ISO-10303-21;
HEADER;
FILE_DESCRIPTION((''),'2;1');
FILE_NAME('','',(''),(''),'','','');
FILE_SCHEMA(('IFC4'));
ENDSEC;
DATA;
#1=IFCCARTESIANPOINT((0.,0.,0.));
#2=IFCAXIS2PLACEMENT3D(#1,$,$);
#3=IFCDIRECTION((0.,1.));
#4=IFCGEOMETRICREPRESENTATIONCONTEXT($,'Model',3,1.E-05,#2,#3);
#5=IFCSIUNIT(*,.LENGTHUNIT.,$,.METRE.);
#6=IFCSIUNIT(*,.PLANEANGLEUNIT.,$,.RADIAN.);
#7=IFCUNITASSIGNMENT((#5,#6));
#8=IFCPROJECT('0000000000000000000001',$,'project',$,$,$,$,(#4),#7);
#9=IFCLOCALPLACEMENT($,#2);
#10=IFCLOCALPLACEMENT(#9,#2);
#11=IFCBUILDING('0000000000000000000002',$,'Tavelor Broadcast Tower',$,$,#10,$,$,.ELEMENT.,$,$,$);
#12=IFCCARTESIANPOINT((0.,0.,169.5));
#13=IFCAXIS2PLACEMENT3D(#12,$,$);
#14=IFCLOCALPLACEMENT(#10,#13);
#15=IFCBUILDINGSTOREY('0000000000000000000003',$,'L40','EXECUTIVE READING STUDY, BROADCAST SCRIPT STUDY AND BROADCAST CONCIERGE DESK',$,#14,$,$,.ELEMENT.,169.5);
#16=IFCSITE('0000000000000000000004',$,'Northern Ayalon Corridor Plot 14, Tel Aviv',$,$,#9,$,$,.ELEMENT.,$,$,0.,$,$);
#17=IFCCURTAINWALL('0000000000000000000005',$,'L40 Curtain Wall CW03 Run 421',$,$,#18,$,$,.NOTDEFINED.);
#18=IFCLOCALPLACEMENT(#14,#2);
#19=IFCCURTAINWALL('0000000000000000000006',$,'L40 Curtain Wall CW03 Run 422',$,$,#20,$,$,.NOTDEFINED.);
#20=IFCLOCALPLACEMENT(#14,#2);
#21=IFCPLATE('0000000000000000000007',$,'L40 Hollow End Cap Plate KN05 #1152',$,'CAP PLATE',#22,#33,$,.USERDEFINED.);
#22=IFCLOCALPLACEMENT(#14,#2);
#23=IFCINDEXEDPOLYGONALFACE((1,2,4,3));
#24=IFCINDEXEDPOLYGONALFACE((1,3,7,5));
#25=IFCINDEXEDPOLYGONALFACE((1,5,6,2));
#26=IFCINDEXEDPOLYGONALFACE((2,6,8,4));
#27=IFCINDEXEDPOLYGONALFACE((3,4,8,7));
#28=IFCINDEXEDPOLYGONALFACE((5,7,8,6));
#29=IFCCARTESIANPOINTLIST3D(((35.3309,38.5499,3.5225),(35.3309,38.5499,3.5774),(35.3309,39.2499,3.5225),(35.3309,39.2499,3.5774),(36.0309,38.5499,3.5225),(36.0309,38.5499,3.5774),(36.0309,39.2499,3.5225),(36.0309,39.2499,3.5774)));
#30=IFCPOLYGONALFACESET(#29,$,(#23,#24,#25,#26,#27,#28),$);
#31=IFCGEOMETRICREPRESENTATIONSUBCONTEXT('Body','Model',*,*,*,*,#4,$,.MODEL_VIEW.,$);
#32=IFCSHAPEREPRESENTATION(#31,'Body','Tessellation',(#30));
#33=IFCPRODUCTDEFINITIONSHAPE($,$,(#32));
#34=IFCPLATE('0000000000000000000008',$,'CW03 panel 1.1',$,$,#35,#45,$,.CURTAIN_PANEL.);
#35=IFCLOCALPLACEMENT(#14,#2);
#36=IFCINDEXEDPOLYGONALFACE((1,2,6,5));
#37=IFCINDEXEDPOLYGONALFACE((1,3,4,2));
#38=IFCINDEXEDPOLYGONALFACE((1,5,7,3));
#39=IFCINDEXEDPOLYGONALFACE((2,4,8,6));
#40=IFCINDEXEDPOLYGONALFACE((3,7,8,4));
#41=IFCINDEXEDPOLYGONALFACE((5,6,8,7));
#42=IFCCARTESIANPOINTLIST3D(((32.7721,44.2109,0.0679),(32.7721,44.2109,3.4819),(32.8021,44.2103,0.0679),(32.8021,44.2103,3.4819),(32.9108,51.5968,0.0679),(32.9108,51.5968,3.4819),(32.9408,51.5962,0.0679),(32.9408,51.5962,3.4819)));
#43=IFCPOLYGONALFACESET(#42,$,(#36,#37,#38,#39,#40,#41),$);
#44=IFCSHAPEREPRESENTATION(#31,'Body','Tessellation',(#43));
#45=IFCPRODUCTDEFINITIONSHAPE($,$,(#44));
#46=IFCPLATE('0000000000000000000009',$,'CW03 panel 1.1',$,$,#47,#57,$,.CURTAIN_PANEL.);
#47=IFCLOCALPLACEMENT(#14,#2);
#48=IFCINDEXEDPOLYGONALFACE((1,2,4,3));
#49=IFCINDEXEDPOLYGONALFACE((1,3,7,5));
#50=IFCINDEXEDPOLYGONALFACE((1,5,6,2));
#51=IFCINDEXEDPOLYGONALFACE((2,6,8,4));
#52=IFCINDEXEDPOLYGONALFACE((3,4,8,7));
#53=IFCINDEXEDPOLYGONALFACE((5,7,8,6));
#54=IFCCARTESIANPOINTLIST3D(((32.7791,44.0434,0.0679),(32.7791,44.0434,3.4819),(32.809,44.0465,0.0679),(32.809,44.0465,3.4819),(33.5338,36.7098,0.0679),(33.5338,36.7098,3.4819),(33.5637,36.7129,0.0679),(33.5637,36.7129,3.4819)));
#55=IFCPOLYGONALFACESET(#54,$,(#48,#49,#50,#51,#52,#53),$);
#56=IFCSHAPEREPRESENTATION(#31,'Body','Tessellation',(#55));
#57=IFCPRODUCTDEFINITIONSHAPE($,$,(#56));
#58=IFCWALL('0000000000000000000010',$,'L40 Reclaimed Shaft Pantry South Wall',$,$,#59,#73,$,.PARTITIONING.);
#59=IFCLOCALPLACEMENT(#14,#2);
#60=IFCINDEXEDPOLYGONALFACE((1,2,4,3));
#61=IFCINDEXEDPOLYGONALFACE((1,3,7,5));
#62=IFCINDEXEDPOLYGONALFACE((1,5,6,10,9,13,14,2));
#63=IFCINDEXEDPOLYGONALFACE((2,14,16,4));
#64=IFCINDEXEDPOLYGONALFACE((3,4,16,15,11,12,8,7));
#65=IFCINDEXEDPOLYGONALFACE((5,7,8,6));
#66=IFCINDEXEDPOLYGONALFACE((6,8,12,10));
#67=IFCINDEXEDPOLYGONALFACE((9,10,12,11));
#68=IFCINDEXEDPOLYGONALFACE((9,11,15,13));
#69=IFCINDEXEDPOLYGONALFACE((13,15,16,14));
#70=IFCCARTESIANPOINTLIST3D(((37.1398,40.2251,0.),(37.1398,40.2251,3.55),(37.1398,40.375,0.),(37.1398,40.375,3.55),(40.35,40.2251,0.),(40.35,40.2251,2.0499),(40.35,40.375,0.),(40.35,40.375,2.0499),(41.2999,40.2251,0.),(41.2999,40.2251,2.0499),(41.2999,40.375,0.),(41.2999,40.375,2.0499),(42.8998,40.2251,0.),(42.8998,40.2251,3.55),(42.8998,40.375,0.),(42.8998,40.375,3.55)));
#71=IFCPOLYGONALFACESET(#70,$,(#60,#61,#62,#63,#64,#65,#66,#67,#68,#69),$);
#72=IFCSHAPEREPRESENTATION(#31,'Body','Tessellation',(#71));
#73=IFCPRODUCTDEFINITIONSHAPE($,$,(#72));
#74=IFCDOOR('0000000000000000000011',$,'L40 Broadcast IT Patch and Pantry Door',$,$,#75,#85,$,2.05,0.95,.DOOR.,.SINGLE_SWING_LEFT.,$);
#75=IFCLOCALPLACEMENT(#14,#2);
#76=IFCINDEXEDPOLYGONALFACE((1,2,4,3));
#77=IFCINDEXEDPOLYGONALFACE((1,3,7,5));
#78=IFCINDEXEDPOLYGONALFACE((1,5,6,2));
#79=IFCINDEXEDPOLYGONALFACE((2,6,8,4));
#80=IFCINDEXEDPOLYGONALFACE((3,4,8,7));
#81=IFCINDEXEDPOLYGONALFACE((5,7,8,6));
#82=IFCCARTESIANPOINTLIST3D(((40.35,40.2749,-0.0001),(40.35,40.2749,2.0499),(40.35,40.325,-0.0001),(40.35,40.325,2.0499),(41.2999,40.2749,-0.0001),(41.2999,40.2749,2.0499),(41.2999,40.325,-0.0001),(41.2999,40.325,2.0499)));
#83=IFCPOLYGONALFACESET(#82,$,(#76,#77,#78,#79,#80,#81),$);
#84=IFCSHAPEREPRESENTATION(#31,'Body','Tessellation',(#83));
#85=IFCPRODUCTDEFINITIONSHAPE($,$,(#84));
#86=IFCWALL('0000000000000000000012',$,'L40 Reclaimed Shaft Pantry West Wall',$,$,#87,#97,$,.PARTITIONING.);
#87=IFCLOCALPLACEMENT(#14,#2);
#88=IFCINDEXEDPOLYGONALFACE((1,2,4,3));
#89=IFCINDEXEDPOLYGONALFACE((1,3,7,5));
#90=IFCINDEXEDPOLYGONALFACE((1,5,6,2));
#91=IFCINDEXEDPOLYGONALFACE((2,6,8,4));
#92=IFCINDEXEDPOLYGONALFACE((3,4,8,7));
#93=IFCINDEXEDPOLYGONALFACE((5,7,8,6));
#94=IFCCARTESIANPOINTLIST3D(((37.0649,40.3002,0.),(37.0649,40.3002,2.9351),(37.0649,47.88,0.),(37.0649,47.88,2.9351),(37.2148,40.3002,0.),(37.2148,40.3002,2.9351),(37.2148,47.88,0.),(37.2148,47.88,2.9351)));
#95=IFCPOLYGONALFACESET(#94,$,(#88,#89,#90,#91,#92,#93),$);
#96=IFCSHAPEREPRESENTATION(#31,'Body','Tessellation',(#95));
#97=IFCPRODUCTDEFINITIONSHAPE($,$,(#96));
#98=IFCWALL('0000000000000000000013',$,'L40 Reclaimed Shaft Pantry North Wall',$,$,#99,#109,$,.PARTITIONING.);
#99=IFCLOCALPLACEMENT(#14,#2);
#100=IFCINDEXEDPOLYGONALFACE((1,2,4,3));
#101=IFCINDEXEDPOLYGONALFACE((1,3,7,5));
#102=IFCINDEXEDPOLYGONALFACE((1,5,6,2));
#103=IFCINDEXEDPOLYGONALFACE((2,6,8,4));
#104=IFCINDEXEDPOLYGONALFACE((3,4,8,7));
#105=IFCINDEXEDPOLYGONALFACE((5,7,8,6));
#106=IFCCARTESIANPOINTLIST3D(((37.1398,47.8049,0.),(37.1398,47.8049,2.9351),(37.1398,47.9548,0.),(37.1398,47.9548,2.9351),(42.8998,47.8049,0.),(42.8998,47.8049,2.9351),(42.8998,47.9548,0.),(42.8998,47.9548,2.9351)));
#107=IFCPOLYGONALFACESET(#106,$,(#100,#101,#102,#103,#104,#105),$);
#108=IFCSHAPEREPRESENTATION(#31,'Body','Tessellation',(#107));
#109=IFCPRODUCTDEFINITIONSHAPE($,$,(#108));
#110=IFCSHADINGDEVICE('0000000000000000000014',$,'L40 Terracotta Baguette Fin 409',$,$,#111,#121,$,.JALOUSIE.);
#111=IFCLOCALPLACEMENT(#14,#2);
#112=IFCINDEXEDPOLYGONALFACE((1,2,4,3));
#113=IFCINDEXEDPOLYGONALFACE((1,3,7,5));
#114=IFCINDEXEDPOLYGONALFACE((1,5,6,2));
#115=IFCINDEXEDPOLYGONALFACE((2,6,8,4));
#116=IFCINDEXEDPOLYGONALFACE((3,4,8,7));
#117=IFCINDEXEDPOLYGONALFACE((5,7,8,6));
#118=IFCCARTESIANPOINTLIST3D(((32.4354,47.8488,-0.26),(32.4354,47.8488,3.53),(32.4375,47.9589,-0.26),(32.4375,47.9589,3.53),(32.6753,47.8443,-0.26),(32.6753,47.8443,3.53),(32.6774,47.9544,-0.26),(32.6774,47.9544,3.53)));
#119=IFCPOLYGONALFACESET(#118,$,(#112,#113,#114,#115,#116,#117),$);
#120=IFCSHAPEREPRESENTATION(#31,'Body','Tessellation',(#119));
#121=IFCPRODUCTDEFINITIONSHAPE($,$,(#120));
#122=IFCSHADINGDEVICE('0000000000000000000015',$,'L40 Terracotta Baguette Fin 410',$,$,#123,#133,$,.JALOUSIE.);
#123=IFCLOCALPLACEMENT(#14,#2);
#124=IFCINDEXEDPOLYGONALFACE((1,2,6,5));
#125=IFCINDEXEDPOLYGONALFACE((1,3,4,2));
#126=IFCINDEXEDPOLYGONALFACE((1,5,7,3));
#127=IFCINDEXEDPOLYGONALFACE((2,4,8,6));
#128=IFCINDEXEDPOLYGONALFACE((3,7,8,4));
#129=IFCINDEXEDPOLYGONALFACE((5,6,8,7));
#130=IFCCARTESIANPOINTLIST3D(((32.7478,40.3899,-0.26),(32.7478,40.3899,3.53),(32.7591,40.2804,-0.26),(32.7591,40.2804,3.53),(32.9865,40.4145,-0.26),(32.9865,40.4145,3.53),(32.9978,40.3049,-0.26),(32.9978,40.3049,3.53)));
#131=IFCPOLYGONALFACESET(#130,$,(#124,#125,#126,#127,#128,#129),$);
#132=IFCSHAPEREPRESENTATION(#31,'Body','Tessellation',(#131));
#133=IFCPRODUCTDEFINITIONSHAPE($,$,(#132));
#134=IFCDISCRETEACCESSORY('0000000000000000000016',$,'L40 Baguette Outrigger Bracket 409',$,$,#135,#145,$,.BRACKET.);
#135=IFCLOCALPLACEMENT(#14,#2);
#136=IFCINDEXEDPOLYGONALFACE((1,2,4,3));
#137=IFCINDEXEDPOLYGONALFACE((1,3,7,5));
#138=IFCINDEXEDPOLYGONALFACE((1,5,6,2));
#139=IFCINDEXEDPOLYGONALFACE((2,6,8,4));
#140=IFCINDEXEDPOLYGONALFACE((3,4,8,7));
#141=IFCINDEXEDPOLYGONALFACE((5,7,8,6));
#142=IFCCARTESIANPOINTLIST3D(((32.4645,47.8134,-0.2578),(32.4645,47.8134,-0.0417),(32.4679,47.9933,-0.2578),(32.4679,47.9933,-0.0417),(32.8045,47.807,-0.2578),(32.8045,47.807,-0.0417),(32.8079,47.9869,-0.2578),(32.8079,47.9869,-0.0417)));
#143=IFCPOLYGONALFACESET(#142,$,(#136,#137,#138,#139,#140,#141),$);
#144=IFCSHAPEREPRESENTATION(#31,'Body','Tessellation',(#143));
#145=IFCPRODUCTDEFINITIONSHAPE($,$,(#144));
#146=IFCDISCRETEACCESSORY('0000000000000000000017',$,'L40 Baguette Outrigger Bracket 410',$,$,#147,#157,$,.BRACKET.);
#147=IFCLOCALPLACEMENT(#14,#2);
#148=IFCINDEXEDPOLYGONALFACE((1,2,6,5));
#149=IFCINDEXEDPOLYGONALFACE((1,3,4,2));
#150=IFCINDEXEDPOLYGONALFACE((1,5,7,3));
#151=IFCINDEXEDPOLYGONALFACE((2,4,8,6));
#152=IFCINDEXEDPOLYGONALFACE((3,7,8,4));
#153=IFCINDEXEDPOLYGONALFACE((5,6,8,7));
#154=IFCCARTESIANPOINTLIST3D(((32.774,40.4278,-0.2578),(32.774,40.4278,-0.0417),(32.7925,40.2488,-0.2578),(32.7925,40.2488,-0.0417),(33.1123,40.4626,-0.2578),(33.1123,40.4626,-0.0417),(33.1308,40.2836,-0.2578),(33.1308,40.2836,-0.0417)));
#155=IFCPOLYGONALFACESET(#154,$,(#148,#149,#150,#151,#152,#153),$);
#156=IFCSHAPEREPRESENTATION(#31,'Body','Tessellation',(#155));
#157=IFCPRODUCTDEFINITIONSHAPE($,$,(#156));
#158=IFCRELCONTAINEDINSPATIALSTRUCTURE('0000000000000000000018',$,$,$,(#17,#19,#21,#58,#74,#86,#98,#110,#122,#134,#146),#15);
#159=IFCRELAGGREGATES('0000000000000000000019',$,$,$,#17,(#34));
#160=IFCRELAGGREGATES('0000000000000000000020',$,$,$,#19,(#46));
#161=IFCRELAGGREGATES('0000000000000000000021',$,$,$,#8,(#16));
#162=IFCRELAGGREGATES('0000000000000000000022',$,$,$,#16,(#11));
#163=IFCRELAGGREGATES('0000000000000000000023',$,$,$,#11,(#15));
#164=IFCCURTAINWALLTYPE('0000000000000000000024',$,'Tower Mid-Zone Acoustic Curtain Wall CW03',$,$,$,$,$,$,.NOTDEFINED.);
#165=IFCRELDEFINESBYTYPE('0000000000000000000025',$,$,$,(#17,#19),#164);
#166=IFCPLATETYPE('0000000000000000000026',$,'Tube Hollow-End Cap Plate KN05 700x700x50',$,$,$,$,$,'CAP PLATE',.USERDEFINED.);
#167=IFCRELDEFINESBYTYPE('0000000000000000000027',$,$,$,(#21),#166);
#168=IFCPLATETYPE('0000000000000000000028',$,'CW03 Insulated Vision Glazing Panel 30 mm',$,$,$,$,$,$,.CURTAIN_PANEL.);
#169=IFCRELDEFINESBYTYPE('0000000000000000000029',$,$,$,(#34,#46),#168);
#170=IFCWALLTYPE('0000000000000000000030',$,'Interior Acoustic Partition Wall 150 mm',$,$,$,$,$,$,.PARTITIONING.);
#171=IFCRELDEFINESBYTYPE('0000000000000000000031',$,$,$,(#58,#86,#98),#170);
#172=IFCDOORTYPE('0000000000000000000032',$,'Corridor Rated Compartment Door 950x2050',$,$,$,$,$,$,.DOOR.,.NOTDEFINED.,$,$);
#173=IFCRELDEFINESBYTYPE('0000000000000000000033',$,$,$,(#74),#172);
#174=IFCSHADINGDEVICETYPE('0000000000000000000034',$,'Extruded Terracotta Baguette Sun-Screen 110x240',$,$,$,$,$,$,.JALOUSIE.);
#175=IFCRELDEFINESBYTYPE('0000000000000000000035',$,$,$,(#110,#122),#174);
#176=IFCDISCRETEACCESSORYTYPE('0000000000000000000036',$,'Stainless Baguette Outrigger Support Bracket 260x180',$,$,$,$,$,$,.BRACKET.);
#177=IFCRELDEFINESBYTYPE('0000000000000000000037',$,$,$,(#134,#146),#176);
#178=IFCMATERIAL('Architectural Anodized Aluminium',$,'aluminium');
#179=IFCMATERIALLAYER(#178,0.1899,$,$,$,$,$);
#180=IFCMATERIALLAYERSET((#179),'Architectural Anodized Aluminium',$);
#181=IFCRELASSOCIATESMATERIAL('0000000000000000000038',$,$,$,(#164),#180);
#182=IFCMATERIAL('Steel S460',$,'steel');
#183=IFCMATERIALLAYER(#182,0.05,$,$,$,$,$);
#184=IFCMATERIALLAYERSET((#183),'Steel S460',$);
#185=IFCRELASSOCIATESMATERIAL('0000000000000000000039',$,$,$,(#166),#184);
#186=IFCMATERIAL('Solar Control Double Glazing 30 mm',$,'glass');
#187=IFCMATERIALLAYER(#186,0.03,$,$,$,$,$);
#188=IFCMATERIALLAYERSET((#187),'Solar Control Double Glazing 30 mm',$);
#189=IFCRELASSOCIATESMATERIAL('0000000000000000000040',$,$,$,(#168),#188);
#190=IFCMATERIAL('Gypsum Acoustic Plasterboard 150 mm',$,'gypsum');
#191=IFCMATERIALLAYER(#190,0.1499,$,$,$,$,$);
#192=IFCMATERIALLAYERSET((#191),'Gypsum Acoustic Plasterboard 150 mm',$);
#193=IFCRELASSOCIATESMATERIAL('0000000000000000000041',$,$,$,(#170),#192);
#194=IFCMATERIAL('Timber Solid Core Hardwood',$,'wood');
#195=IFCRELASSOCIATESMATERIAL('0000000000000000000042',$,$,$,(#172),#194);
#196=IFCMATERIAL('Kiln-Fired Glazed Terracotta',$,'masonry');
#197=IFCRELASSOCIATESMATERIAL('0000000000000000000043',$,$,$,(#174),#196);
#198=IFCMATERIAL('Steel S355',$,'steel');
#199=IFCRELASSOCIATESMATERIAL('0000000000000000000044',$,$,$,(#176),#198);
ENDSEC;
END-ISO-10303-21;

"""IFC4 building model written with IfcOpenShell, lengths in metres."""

from ifc_helpers import new_model, si_unit, direction, frame, frame_2d, origin, origin_2d, place, context, subcontext, project, spatial, rectangle, extrude, source, transform, mapped, material, layer, layer_set, type_object, type_shapes, element, fill, aggregate, save


model = new_model("IFC4")

# Units and contexts
model_context = context("Model", 3, precision=1e-05, world=origin(), true_north=direction((0.0, 1.0)))
body_context = subcontext(model_context, "Body", "Model", "MODEL_VIEW")
ifc_project = project(units=[si_unit("LENGTHUNIT", "METRE"), si_unit("PLANEANGLEUNIT", "RADIAN")], contexts=[model_context])

# Site, building, storey
site_placement = place(None, origin())
site = spatial("IfcSite", under=ifc_project, at=site_placement, Name="Northern Ayalon Corridor Plot 14, Tel Aviv", CompositionType="ELEMENT", RefElevation=0.0)
building_placement = place(site_placement, origin())
building = spatial("IfcBuilding", under=site, at=building_placement, Name="Tavelor Broadcast Tower", CompositionType="ELEMENT")
storey_placement = place(building_placement, frame((0.0, 0.0, 169.5)))
storey = spatial("IfcBuildingStorey", under=building, at=storey_placement, Name="L40", Description="EXECUTIVE READING STUDY, BROADCAST SCRIPT STUDY AND BROADCAST CONCIERGE DESK", CompositionType="ELEMENT", Elevation=169.5)

# Shared definitions
ifc_material_1 = material(Name="Steel S460", Category="steel")

# Shared definitions
ifc_material_2 = material(Name="Steel S355", Category="steel")

# Curtain wall
ifc_material_3 = material(Name="Architectural Anodized Aluminium", Category="aluminium")
ifc_layer_1 = layer(ifc_material_3, 0.1899)
ifc_layer_set_1 = layer_set([ifc_layer_1], Name="Architectural Anodized Aluminium")
curtain_wall_type = type_object("IfcCurtainWallType", Name="Tower Mid-Zone Acoustic Curtain Wall CW03", PredefinedType="NOTDEFINED", material=ifc_layer_set_1)
curtain_wall_1_placement = place(storey_placement, origin())
curtain_wall_1 = element("IfcCurtainWall", 1, at=curtain_wall_1_placement, inside=storey, type_object=curtain_wall_type, Name="L40 Curtain Wall CW03 Run 421", PredefinedType="NOTDEFINED")

# Curtain wall
curtain_wall_2_placement = place(storey_placement, origin())
curtain_wall_2 = element("IfcCurtainWall", 2, at=curtain_wall_2_placement, inside=storey, type_object=curtain_wall_type, Name="L40 Curtain Wall CW03 Run 422", PredefinedType="NOTDEFINED")

# Plate
ifc_layer_2 = layer(ifc_material_1, 0.05)
ifc_layer_set_2 = layer_set([ifc_layer_2], Name="Steel S460")
plate_type_1 = type_object("IfcPlateType", Name="Tube Hollow-End Cap Plate KN05 700x700x50", ElementType="CAP PLATE", PredefinedType="USERDEFINED", material=ifc_layer_set_2)
shared_shape_1 = source(origin(), body_context, "Body", "SweptSolid", [
    extrude(rectangle(XDim=0.7, YDim=0.7, at=origin_2d()), origin(), (0.0, 0.0, 1.0), 0.0549),
])
type_shapes(plate_type_1, [shared_shape_1])
for number, where, z_axis, x_axis, name in (
    (3, (35.6809, 38.8999, 3.5225), (0.0, 0.0, 1.0), (1.0, 0.0, 0.0), "L40 Hollow End Cap Plate KN05 #1152"),
):
    element("IfcPlate", number, at=place(storey_placement, frame(where, z_axis=z_axis, x_axis=x_axis)), inside=storey, type_object=plate_type_1, Name=name, ObjectType="CAP PLATE", PredefinedType="USERDEFINED", context=body_context, shape_type="MappedRepresentation", body=[
        mapped(shared_shape_1, transform((0.0, 0.0, 0.0), scale=1.0)),
    ])

# Plates
ifc_material_4 = material(Name="Solar Control Double Glazing 30 mm", Category="glass")
ifc_layer_3 = layer(ifc_material_4, 0.03)
ifc_layer_set_3 = layer_set([ifc_layer_3], Name="Solar Control Double Glazing 30 mm")
plate_type_2 = type_object("IfcPlateType", Name="CW03 Insulated Vision Glazing Panel 30 mm", PredefinedType="CURTAIN_PANEL", material=ifc_layer_set_3)
shared_shape_2 = source(origin(), body_context, "Body", "SweptSolid", [
    extrude(rectangle(XDim=7.3872, YDim=0.03, at=origin_2d()), origin(), (0.0, 0.0, 1.0), 3.4141),
])
plate_1_placement = place(storey_placement, frame((32.8564, 47.9036, 0.0679), z_axis=(0.0, 0.0, 1.0), x_axis=(-0.018768, -0.999824, 0.0)))
plate_1 = element("IfcPlate", 4, at=plate_1_placement, type_object=plate_type_2, Name="CW03 panel 1.1", PredefinedType="CURTAIN_PANEL", context=body_context, shape_type="MappedRepresentation", body=[
    mapped(shared_shape_2, transform((0.0, 0.0, 0.0), scale=1.0)),
])
aggregate(curtain_wall_1, [plate_1])
shared_shape_3 = source(origin(), body_context, "Body", "SweptSolid", [
    extrude(rectangle(XDim=7.3723, YDim=0.03, at=origin_2d()), origin(), (0.0, 0.0, 1.0), 3.4141),
])
type_shapes(plate_type_2, [shared_shape_2, shared_shape_3])
plate_2_placement = place(storey_placement, frame((33.1714, 40.3782, 0.0679), z_axis=(0.0, 0.0, 1.0), x_axis=(0.102366, -0.994747, 0.0)))
plate_2 = element("IfcPlate", 5, at=plate_2_placement, type_object=plate_type_2, Name="CW03 panel 1.1", PredefinedType="CURTAIN_PANEL", context=body_context, shape_type="MappedRepresentation", body=[
    mapped(shared_shape_3, transform((0.0, 0.0, 0.0), scale=1.0)),
])
aggregate(curtain_wall_2, [plate_2])

# Wall, opening, door
ifc_material_5 = material(Name="Gypsum Acoustic Plasterboard 150 mm", Category="gypsum")
ifc_layer_4 = layer(ifc_material_5, 0.1499)
ifc_layer_set_4 = layer_set([ifc_layer_4], Name="Gypsum Acoustic Plasterboard 150 mm")
wall_type = type_object("IfcWallType", Name="Interior Acoustic Partition Wall 150 mm", PredefinedType="PARTITIONING", material=ifc_layer_set_4)
wall_1_placement = place(storey_placement, frame((37.1399, 40.3, 0.0), z_axis=(0.0, 0.0, 1.0), x_axis=(1.0, 0.0, 0.0)))
wall_1 = element("IfcWall", 6, at=wall_1_placement, inside=storey, type_object=wall_type, Name="L40 Reclaimed Shaft Pantry South Wall", PredefinedType="PARTITIONING", context=body_context, shape_type="SweptSolid", body=[
    extrude(rectangle(XDim=5.76, YDim=0.1499, at=frame_2d((2.8799, 0.0))), origin(), (0.0, 0.0, 1.0), 3.55),
])
opening_placement = place(wall_1_placement, frame((3.21, 0.0, 0.0)))
opening = element("IfcOpeningElement", 7, at=opening_placement, cuts=wall_1, PredefinedType="OPENING", context=body_context, shape_type="SweptSolid", body=[
    extrude(rectangle(XDim=0.95, YDim=2.05, at=frame_2d((0.4751, 1.0249))), frame((0.0, 0.085, 0.0), z_axis=(0.0, -1.0, 0.0), x_axis=(1.0, 0.0, 0.0)), (0.0, 0.0, 1.0), 0.1699),
])
ifc_material_6 = material(Name="Timber Solid Core Hardwood", Category="wood")
door_type = type_object("IfcDoorType", Name="Corridor Rated Compartment Door 950x2050", OperationType="NOTDEFINED", PredefinedType="DOOR", material=ifc_material_6)
door_placement = place(opening_placement, origin())
door = element("IfcDoor", 8, at=door_placement, inside=storey, type_object=door_type, Name="L40 Broadcast IT Patch and Pantry Door", OperationType="SINGLE_SWING_LEFT", OverallHeight=2.05, OverallWidth=0.95, PredefinedType="DOOR", context=body_context, shape_type="SweptSolid", body=[
    extrude(rectangle(XDim=0.95, YDim=2.05, at=frame_2d((0.4751, 1.0249))), frame((0.0, 0.0249, 0.0), z_axis=(0.0, -1.0, 0.0), x_axis=(1.0, 0.0, 0.0)), (0.0, 0.0, 1.0), 0.05),
])
fill(opening, door)

# Walls
wall_2_placement = place(storey_placement, frame((37.1399, 40.3, 0.0), z_axis=(0.0, 0.0, 1.0), x_axis=(0.0, 1.0, 0.0)))
element("IfcWall", 9, at=wall_2_placement, inside=storey, type_object=wall_type, Name="L40 Reclaimed Shaft Pantry West Wall", PredefinedType="PARTITIONING", context=body_context, shape_type="SweptSolid", body=[
    extrude(rectangle(XDim=7.5798, YDim=0.1499, at=frame_2d((3.79, 0.0))), origin(), (0.0, 0.0, 1.0), 2.9351),
])
wall_3_placement = place(storey_placement, frame((37.1399, 47.8799, 0.0), z_axis=(0.0, 0.0, 1.0), x_axis=(1.0, 0.0, 0.0)))
element("IfcWall", 10, at=wall_3_placement, inside=storey, type_object=wall_type, Name="L40 Reclaimed Shaft Pantry North Wall", PredefinedType="PARTITIONING", context=body_context, shape_type="SweptSolid", body=[
    extrude(rectangle(XDim=5.76, YDim=0.1499, at=frame_2d((2.8799, 0.0))), origin(), (0.0, 0.0, 1.0), 2.9351),
])

# Shading devices
ifc_material_7 = material(Name="Kiln-Fired Glazed Terracotta", Category="masonry")
shading_device_type = type_object("IfcShadingDeviceType", Name="Extruded Terracotta Baguette Sun-Screen 110x240", PredefinedType="JALOUSIE", material=ifc_material_7)
shared_shape_4 = source(origin(), body_context, "Body", "SweptSolid", [
    extrude(rectangle(XDim=0.1101, YDim=0.24, at=origin_2d()), origin(), (0.0, 0.0, 1.0), 3.79),
])
type_shapes(shading_device_type, [shared_shape_4])
for number, where, z_axis, x_axis, name in (
    (11, (32.5564, 47.9016, -0.26), (0.0, 0.0, 1.0), (-0.018848, -0.999822, 0.0), "L40 Terracotta Baguette Fin 409"),
    (12, (32.8728, 40.3474, -0.26), (0.0, 0.0, 1.0), (0.102445, -0.994739, 0.0), "L40 Terracotta Baguette Fin 410"),
):
    element("IfcShadingDevice", number, at=place(storey_placement, frame(where, z_axis=z_axis, x_axis=x_axis)), inside=storey, type_object=shading_device_type, Name=name, PredefinedType="JALOUSIE", context=body_context, shape_type="MappedRepresentation", body=[
        mapped(shared_shape_4, transform((0.0, 0.0, 0.0), scale=1.0)),
    ])

# Discrete accessories
discrete_accessory_type = type_object("IfcDiscreteAccessoryType", Name="Stainless Baguette Outrigger Support Bracket 260x180", PredefinedType="BRACKET", material=ifc_material_2)
shared_shape_5 = source(origin(), body_context, "Body", "SweptSolid", [
    extrude(rectangle(XDim=0.1799, YDim=0.3401, at=origin_2d()), origin(), (0.0, 0.0, 1.0), 0.2161),
])
type_shapes(discrete_accessory_type, [shared_shape_5])
for number, where, z_axis, x_axis, name in (
    (13, (32.6362, 47.9001, -0.2578), (0.0, 0.0, 1.0), (-0.018848, -0.999822, 0.0), "L40 Baguette Outrigger Bracket 409"),
    (14, (32.9524, 40.3557, -0.2578), (0.0, 0.0, 1.0), (0.102445, -0.994739, 0.0), "L40 Baguette Outrigger Bracket 410"),
):
    element("IfcDiscreteAccessory", number, at=place(storey_placement, frame(where, z_axis=z_axis, x_axis=x_axis)), inside=storey, type_object=discrete_accessory_type, Name=name, PredefinedType="BRACKET", context=body_context, shape_type="MappedRepresentation", body=[
        mapped(shared_shape_5, transform((0.0, 0.0, 0.0), scale=1.0)),
    ])

save(model, "model.ifc")
